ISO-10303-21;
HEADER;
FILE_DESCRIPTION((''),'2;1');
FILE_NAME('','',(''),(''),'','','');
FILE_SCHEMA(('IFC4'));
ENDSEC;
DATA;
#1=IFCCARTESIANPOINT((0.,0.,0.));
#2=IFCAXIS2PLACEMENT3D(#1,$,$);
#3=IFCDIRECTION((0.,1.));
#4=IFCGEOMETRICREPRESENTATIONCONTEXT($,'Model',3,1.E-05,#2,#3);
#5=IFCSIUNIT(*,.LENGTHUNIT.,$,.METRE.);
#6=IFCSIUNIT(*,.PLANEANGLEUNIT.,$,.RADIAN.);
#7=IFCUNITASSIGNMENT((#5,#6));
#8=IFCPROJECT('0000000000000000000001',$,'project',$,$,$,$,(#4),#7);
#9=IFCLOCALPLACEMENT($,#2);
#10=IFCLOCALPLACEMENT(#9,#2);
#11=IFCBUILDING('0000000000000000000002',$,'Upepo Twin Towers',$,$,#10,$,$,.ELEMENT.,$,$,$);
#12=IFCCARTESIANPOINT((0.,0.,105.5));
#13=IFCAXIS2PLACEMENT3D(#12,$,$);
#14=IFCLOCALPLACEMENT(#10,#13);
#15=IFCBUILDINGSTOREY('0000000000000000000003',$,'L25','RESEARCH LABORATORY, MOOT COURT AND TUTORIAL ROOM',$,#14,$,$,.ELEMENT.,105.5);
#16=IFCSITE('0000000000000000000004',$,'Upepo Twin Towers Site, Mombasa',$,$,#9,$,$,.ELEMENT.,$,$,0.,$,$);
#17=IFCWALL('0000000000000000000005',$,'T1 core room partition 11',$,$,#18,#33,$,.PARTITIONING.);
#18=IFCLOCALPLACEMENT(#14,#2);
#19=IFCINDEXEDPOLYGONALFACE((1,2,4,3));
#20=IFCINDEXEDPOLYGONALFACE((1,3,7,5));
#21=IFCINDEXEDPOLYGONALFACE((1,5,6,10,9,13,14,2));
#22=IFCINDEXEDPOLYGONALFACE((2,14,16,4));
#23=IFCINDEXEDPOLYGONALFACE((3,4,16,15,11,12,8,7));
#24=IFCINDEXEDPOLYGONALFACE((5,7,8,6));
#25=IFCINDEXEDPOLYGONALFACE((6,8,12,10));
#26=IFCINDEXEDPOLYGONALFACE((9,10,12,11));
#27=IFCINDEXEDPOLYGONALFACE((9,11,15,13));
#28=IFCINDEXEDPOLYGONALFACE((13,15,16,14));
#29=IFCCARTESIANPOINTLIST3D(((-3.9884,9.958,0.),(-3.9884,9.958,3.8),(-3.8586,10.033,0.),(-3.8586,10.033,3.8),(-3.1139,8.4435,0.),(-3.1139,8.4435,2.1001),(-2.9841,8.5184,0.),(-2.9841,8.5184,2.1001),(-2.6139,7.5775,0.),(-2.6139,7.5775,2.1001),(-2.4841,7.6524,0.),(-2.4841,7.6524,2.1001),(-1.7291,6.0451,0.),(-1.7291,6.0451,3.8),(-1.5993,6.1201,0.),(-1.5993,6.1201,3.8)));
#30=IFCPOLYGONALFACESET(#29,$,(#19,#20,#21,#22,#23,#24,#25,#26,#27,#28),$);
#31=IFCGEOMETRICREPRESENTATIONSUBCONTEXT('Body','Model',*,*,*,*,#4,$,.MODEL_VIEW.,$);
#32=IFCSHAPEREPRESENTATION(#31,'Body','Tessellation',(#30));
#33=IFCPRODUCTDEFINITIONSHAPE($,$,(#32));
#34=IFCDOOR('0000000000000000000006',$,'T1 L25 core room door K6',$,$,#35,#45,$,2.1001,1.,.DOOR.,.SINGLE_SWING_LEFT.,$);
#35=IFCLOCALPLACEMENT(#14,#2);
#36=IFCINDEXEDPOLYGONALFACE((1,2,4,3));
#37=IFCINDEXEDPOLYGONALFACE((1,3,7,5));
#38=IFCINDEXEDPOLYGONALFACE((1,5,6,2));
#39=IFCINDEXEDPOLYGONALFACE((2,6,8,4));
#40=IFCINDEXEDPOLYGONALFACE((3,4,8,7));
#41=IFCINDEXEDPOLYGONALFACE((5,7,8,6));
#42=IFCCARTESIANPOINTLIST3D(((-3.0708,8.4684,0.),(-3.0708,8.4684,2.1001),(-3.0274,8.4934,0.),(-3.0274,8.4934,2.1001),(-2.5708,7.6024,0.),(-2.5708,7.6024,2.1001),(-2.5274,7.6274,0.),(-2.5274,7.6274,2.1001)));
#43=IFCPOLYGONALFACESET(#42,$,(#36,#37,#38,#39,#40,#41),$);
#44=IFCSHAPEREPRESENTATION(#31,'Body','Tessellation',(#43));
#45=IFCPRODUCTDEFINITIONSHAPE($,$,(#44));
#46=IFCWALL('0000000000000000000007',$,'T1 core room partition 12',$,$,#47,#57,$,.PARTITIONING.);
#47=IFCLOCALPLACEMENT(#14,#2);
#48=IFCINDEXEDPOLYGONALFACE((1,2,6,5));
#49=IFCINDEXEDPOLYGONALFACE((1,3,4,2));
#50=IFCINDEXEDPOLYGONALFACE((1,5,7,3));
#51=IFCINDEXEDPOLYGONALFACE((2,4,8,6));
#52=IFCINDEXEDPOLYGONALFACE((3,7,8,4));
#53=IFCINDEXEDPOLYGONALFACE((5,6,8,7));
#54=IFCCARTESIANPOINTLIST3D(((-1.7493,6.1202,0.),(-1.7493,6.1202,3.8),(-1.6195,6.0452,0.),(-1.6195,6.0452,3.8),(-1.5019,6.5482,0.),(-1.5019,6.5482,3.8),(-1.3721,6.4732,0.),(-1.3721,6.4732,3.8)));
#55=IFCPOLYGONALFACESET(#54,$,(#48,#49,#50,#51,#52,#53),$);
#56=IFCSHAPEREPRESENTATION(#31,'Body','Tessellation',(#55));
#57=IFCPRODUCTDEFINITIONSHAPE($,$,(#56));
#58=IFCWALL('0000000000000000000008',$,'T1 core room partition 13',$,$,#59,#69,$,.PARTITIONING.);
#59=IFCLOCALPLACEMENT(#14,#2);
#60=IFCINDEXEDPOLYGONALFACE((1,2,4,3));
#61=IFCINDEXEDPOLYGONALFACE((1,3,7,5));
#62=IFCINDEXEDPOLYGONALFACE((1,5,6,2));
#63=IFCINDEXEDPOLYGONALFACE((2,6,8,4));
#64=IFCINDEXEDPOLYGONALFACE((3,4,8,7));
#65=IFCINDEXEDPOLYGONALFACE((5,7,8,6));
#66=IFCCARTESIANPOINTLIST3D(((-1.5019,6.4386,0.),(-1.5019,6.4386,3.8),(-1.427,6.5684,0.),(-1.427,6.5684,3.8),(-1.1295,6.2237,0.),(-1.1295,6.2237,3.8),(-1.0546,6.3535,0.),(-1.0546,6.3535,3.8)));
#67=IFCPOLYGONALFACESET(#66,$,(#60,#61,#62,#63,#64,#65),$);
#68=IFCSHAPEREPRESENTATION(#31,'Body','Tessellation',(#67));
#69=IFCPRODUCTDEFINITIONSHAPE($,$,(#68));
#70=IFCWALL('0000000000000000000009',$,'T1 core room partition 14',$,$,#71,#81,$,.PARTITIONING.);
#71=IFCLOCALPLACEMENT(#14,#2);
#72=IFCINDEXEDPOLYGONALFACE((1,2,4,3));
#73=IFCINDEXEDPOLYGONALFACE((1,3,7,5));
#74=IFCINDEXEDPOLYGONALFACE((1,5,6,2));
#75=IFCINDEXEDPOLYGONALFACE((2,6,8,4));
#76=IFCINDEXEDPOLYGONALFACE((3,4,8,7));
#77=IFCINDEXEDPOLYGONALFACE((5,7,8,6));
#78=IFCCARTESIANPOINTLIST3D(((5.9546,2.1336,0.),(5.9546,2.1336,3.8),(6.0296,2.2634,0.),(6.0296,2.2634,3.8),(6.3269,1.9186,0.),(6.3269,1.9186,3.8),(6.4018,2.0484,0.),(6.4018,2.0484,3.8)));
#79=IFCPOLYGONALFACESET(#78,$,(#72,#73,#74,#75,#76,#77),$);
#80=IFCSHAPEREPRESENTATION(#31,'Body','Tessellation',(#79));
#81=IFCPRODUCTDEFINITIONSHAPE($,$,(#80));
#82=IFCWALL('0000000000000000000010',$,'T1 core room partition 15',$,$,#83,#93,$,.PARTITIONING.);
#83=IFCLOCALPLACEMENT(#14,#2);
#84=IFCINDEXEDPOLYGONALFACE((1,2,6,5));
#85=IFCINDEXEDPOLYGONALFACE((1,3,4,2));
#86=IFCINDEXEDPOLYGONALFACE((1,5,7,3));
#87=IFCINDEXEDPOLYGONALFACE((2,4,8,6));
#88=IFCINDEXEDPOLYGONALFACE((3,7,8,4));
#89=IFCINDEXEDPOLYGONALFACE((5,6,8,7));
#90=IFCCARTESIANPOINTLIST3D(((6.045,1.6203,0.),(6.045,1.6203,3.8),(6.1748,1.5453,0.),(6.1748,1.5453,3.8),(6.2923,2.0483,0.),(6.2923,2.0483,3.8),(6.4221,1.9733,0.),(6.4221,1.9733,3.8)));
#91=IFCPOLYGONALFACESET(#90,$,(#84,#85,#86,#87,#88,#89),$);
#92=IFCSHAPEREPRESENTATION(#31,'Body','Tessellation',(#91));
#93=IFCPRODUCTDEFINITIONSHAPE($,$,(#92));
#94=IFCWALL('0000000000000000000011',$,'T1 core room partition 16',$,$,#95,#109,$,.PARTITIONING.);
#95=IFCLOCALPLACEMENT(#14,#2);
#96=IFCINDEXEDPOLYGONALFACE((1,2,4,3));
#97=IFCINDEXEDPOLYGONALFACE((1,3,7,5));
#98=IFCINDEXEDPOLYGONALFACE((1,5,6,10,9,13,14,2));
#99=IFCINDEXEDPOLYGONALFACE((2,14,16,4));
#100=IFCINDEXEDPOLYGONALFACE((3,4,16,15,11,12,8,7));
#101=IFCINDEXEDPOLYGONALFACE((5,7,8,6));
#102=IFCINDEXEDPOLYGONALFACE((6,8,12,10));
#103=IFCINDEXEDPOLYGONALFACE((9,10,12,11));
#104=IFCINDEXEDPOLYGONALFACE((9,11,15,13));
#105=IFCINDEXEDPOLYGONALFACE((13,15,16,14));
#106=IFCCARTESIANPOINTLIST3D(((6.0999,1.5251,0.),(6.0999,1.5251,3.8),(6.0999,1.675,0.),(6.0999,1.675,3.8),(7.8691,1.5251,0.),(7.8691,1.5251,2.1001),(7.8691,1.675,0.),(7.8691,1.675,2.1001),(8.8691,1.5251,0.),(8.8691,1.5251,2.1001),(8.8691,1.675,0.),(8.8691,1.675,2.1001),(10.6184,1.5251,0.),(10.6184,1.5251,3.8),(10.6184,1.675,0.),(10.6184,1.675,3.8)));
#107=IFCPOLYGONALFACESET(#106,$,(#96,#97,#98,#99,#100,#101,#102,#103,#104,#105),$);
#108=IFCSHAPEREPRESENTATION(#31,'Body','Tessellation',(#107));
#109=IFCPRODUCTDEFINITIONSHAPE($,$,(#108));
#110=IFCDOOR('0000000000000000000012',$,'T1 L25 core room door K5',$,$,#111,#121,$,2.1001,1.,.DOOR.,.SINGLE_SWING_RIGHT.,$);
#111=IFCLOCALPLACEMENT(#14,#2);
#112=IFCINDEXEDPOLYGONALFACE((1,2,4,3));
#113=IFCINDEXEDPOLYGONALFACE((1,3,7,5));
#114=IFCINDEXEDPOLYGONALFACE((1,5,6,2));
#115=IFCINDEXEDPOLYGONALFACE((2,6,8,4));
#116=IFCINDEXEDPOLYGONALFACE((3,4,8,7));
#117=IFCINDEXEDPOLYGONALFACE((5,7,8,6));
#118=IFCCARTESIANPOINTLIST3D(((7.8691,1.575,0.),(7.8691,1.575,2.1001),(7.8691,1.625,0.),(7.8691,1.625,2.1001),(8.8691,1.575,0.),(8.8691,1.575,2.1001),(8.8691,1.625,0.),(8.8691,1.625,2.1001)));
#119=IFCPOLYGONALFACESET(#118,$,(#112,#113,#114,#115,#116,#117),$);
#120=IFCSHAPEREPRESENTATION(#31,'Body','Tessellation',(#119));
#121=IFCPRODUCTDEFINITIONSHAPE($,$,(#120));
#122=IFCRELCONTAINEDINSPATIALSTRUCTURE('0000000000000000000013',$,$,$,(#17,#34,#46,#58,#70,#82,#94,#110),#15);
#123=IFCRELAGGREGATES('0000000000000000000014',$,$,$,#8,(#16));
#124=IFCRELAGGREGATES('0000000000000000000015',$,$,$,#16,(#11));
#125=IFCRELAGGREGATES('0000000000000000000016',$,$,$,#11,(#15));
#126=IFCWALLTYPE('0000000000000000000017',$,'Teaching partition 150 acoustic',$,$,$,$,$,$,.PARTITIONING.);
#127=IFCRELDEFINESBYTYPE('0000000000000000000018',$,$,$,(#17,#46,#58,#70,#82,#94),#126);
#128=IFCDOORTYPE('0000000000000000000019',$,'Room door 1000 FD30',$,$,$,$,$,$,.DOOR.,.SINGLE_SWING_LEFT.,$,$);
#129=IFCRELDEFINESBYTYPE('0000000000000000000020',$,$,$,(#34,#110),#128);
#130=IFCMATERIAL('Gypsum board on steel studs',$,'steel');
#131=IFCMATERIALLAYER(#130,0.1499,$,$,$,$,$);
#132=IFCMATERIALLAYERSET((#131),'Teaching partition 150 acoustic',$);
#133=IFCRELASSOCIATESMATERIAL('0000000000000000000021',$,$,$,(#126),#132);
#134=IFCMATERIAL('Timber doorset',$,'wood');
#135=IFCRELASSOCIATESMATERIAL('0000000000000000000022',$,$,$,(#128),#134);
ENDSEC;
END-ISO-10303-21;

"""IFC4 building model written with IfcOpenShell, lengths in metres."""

from ifc_helpers import new_model, si_unit, direction, frame, frame_2d, origin, place, context, subcontext, project, spatial, rectangle, extrude, material, layer, layer_set, type_object, element, fill, save


model = new_model("IFC4")

# Units and contexts
model_context = context("Model", 3, precision=1e-05, world=origin(), true_north=direction((0.0, 1.0)))
body_context = subcontext(model_context, "Body", "Model", "MODEL_VIEW")
ifc_project = project(units=[si_unit("LENGTHUNIT", "METRE"), si_unit("PLANEANGLEUNIT", "RADIAN")], contexts=[model_context])

# Site, building, storey
site_placement = place(None, origin())
site = spatial("IfcSite", under=ifc_project, at=site_placement, Name="Upepo Twin Towers Site, Mombasa", CompositionType="ELEMENT", RefElevation=0.0)
building_placement = place(site_placement, origin())
building = spatial("IfcBuilding", under=site, at=building_placement, Name="Upepo Twin Towers", CompositionType="ELEMENT")
storey_placement = place(building_placement, frame((0.0, 0.0, 105.5)))
storey = spatial("IfcBuildingStorey", under=building, at=storey_placement, Name="L25", Description="RESEARCH LABORATORY, MOOT COURT AND TUTORIAL ROOM", CompositionType="ELEMENT", Elevation=105.5)

# Wall, opening, door
ifc_material_1 = material(Name="Gypsum board on steel studs", Category="steel")
ifc_layer_1 = layer(ifc_material_1, 0.1499)
ifc_layer_set_1 = layer_set([ifc_layer_1], Name="Teaching partition 150 acoustic")
wall_type_1 = type_object("IfcWallType", Name="Teaching partition 150 acoustic", PredefinedType="PARTITIONING", material=ifc_layer_set_1)
wall_1_placement = place(storey_placement, frame((-3.9236, 9.9956, 0.0), z_axis=(0.0, 0.0, 1.0), x_axis=(0.500033, -0.866007, 0.0)))
wall_1 = element("IfcWall", 1, at=wall_1_placement, inside=storey, type_object=wall_type_1, Name="T1 core room partition 11", PredefinedType="PARTITIONING", context=body_context, shape_type="SweptSolid", body=[
    extrude(rectangle(XDim=4.5183, YDim=0.1499, at=frame_2d((2.2593, 0.0))), origin(), (0.0, 0.0, 1.0), 3.8),
])
opening_1_placement = place(wall_1_placement, frame((1.749, 0.0, 0.0)))
opening_1 = element("IfcOpeningElement", 2, at=opening_1_placement, cuts=wall_1, PredefinedType="OPENING", context=body_context, shape_type="SweptSolid", body=[
    extrude(rectangle(XDim=1.0, YDim=2.1001, at=frame_2d((0.5, 1.05))), frame((0.0, 0.085, 0.0), z_axis=(0.0, -1.0, 0.0), x_axis=(1.0, 0.0, 0.0)), (0.0, 0.0, 1.0), 0.1699),
])
ifc_material_2 = material(Name="Timber doorset", Category="wood")
door_type_1 = type_object("IfcDoorType", Name="Room door 1000 FD30", OperationType="SINGLE_SWING_LEFT", PredefinedType="DOOR", material=ifc_material_2)
door_1_placement = place(opening_1_placement, origin())
door_1 = element("IfcDoor", 3, at=door_1_placement, inside=storey, type_object=door_type_1, Name="T1 L25 core room door K6", OperationType="SINGLE_SWING_LEFT", OverallHeight=2.1001, OverallWidth=1.0, PredefinedType="DOOR", context=body_context, shape_type="SweptSolid", body=[
    extrude(rectangle(XDim=1.0, YDim=2.1001, at=frame_2d((0.5, 1.05))), frame((0.0, 0.0249, 0.0), z_axis=(0.0, -1.0, 0.0), x_axis=(1.0, 0.0, 0.0)), (0.0, 0.0, 1.0), 0.05),
])
fill(opening_1, door_1)

# Walls
wall_2_placement = place(storey_placement, frame((-1.6843, 6.0828, 0.0), z_axis=(0.0, 0.0, 1.0), x_axis=(0.500335, 0.865832, 0.0)))
element("IfcWall", 4, at=wall_2_placement, inside=storey, type_object=wall_type_1, Name="T1 core room partition 12", PredefinedType="PARTITIONING", context=body_context, shape_type="SweptSolid", body=[
    extrude(rectangle(XDim=0.4944, YDim=0.1499, at=frame_2d((0.2471, 0.0))), origin(), (0.0, 0.0, 1.0), 3.8),
])
for number, where, z_axis, x_axis, name in (
    (5, (-1.4644, 6.5034, 0.0), (0.0, 0.0, 1.0), (0.866138, -0.499804, 0.0), "T1 core room partition 13"),
    (6, (5.9922, 2.1985, 0.0), (0.0, 0.0, 1.0), (0.865892, -0.50023, 0.0), "T1 core room partition 14"),
):
    element("IfcWall", number, at=place(storey_placement, frame(where, z_axis=z_axis, x_axis=x_axis)), inside=storey, type_object=wall_type_1, Name=name, PredefinedType="PARTITIONING", context=body_context, shape_type="SweptSolid", body=[
        extrude(rectangle(XDim=0.4299, YDim=0.1499, at=frame_2d((0.2148, 0.0))), origin(), (0.0, 0.0, 1.0), 3.8),
    ])
wall_3_placement = place(storey_placement, frame((6.3572, 2.0107, 0.0), z_axis=(0.0, 0.0, 1.0), x_axis=(-0.500335, -0.865832, 0.0)))
element("IfcWall", 7, at=wall_3_placement, inside=storey, type_object=wall_type_1, Name="T1 core room partition 15", PredefinedType="PARTITIONING", context=body_context, shape_type="SweptSolid", body=[
    extrude(rectangle(XDim=0.4944, YDim=0.1499, at=frame_2d((0.2471, 0.0))), origin(), (0.0, 0.0, 1.0), 3.8),
])

# Wall, opening, door
wall_4_placement = place(storey_placement, frame((6.0999, 1.6001, 0.0), z_axis=(0.0, 0.0, 1.0), x_axis=(1.0, 0.0, 0.0)))
wall_4 = element("IfcWall", 8, at=wall_4_placement, inside=storey, type_object=wall_type_1, Name="T1 core room partition 16", PredefinedType="PARTITIONING", context=body_context, shape_type="SweptSolid", body=[
    extrude(rectangle(XDim=4.5186, YDim=0.1499, at=frame_2d((2.2593, 0.0))), origin(), (0.0, 0.0, 1.0), 3.8),
])
opening_2_placement = place(wall_4_placement, frame((1.7693, 0.0, 0.0)))
opening_2 = element("IfcOpeningElement", 9, at=opening_2_placement, cuts=wall_4, PredefinedType="OPENING", context=body_context, shape_type="SweptSolid", body=[
    extrude(rectangle(XDim=1.0, YDim=2.1001, at=frame_2d((0.5, 1.05))), frame((0.0, 0.085, 0.0), z_axis=(0.0, -1.0, 0.0), x_axis=(1.0, 0.0, 0.0)), (0.0, 0.0, 1.0), 0.1699),
])
door_2_placement = place(opening_2_placement, origin())
door_2 = element("IfcDoor", 10, at=door_2_placement, inside=storey, type_object=door_type_1, Name="T1 L25 core room door K5", OperationType="SINGLE_SWING_RIGHT", OverallHeight=2.1001, OverallWidth=1.0, PredefinedType="DOOR", context=body_context, shape_type="SweptSolid", body=[
    extrude(rectangle(XDim=1.0, YDim=2.1001, at=frame_2d((0.5, 1.05))), frame((0.0, 0.0249, 0.0), z_axis=(0.0, -1.0, 0.0), x_axis=(1.0, 0.0, 0.0)), (0.0, 0.0, 1.0), 0.05),
])
fill(opening_2, door_2)

save(model, "model.ifc")
